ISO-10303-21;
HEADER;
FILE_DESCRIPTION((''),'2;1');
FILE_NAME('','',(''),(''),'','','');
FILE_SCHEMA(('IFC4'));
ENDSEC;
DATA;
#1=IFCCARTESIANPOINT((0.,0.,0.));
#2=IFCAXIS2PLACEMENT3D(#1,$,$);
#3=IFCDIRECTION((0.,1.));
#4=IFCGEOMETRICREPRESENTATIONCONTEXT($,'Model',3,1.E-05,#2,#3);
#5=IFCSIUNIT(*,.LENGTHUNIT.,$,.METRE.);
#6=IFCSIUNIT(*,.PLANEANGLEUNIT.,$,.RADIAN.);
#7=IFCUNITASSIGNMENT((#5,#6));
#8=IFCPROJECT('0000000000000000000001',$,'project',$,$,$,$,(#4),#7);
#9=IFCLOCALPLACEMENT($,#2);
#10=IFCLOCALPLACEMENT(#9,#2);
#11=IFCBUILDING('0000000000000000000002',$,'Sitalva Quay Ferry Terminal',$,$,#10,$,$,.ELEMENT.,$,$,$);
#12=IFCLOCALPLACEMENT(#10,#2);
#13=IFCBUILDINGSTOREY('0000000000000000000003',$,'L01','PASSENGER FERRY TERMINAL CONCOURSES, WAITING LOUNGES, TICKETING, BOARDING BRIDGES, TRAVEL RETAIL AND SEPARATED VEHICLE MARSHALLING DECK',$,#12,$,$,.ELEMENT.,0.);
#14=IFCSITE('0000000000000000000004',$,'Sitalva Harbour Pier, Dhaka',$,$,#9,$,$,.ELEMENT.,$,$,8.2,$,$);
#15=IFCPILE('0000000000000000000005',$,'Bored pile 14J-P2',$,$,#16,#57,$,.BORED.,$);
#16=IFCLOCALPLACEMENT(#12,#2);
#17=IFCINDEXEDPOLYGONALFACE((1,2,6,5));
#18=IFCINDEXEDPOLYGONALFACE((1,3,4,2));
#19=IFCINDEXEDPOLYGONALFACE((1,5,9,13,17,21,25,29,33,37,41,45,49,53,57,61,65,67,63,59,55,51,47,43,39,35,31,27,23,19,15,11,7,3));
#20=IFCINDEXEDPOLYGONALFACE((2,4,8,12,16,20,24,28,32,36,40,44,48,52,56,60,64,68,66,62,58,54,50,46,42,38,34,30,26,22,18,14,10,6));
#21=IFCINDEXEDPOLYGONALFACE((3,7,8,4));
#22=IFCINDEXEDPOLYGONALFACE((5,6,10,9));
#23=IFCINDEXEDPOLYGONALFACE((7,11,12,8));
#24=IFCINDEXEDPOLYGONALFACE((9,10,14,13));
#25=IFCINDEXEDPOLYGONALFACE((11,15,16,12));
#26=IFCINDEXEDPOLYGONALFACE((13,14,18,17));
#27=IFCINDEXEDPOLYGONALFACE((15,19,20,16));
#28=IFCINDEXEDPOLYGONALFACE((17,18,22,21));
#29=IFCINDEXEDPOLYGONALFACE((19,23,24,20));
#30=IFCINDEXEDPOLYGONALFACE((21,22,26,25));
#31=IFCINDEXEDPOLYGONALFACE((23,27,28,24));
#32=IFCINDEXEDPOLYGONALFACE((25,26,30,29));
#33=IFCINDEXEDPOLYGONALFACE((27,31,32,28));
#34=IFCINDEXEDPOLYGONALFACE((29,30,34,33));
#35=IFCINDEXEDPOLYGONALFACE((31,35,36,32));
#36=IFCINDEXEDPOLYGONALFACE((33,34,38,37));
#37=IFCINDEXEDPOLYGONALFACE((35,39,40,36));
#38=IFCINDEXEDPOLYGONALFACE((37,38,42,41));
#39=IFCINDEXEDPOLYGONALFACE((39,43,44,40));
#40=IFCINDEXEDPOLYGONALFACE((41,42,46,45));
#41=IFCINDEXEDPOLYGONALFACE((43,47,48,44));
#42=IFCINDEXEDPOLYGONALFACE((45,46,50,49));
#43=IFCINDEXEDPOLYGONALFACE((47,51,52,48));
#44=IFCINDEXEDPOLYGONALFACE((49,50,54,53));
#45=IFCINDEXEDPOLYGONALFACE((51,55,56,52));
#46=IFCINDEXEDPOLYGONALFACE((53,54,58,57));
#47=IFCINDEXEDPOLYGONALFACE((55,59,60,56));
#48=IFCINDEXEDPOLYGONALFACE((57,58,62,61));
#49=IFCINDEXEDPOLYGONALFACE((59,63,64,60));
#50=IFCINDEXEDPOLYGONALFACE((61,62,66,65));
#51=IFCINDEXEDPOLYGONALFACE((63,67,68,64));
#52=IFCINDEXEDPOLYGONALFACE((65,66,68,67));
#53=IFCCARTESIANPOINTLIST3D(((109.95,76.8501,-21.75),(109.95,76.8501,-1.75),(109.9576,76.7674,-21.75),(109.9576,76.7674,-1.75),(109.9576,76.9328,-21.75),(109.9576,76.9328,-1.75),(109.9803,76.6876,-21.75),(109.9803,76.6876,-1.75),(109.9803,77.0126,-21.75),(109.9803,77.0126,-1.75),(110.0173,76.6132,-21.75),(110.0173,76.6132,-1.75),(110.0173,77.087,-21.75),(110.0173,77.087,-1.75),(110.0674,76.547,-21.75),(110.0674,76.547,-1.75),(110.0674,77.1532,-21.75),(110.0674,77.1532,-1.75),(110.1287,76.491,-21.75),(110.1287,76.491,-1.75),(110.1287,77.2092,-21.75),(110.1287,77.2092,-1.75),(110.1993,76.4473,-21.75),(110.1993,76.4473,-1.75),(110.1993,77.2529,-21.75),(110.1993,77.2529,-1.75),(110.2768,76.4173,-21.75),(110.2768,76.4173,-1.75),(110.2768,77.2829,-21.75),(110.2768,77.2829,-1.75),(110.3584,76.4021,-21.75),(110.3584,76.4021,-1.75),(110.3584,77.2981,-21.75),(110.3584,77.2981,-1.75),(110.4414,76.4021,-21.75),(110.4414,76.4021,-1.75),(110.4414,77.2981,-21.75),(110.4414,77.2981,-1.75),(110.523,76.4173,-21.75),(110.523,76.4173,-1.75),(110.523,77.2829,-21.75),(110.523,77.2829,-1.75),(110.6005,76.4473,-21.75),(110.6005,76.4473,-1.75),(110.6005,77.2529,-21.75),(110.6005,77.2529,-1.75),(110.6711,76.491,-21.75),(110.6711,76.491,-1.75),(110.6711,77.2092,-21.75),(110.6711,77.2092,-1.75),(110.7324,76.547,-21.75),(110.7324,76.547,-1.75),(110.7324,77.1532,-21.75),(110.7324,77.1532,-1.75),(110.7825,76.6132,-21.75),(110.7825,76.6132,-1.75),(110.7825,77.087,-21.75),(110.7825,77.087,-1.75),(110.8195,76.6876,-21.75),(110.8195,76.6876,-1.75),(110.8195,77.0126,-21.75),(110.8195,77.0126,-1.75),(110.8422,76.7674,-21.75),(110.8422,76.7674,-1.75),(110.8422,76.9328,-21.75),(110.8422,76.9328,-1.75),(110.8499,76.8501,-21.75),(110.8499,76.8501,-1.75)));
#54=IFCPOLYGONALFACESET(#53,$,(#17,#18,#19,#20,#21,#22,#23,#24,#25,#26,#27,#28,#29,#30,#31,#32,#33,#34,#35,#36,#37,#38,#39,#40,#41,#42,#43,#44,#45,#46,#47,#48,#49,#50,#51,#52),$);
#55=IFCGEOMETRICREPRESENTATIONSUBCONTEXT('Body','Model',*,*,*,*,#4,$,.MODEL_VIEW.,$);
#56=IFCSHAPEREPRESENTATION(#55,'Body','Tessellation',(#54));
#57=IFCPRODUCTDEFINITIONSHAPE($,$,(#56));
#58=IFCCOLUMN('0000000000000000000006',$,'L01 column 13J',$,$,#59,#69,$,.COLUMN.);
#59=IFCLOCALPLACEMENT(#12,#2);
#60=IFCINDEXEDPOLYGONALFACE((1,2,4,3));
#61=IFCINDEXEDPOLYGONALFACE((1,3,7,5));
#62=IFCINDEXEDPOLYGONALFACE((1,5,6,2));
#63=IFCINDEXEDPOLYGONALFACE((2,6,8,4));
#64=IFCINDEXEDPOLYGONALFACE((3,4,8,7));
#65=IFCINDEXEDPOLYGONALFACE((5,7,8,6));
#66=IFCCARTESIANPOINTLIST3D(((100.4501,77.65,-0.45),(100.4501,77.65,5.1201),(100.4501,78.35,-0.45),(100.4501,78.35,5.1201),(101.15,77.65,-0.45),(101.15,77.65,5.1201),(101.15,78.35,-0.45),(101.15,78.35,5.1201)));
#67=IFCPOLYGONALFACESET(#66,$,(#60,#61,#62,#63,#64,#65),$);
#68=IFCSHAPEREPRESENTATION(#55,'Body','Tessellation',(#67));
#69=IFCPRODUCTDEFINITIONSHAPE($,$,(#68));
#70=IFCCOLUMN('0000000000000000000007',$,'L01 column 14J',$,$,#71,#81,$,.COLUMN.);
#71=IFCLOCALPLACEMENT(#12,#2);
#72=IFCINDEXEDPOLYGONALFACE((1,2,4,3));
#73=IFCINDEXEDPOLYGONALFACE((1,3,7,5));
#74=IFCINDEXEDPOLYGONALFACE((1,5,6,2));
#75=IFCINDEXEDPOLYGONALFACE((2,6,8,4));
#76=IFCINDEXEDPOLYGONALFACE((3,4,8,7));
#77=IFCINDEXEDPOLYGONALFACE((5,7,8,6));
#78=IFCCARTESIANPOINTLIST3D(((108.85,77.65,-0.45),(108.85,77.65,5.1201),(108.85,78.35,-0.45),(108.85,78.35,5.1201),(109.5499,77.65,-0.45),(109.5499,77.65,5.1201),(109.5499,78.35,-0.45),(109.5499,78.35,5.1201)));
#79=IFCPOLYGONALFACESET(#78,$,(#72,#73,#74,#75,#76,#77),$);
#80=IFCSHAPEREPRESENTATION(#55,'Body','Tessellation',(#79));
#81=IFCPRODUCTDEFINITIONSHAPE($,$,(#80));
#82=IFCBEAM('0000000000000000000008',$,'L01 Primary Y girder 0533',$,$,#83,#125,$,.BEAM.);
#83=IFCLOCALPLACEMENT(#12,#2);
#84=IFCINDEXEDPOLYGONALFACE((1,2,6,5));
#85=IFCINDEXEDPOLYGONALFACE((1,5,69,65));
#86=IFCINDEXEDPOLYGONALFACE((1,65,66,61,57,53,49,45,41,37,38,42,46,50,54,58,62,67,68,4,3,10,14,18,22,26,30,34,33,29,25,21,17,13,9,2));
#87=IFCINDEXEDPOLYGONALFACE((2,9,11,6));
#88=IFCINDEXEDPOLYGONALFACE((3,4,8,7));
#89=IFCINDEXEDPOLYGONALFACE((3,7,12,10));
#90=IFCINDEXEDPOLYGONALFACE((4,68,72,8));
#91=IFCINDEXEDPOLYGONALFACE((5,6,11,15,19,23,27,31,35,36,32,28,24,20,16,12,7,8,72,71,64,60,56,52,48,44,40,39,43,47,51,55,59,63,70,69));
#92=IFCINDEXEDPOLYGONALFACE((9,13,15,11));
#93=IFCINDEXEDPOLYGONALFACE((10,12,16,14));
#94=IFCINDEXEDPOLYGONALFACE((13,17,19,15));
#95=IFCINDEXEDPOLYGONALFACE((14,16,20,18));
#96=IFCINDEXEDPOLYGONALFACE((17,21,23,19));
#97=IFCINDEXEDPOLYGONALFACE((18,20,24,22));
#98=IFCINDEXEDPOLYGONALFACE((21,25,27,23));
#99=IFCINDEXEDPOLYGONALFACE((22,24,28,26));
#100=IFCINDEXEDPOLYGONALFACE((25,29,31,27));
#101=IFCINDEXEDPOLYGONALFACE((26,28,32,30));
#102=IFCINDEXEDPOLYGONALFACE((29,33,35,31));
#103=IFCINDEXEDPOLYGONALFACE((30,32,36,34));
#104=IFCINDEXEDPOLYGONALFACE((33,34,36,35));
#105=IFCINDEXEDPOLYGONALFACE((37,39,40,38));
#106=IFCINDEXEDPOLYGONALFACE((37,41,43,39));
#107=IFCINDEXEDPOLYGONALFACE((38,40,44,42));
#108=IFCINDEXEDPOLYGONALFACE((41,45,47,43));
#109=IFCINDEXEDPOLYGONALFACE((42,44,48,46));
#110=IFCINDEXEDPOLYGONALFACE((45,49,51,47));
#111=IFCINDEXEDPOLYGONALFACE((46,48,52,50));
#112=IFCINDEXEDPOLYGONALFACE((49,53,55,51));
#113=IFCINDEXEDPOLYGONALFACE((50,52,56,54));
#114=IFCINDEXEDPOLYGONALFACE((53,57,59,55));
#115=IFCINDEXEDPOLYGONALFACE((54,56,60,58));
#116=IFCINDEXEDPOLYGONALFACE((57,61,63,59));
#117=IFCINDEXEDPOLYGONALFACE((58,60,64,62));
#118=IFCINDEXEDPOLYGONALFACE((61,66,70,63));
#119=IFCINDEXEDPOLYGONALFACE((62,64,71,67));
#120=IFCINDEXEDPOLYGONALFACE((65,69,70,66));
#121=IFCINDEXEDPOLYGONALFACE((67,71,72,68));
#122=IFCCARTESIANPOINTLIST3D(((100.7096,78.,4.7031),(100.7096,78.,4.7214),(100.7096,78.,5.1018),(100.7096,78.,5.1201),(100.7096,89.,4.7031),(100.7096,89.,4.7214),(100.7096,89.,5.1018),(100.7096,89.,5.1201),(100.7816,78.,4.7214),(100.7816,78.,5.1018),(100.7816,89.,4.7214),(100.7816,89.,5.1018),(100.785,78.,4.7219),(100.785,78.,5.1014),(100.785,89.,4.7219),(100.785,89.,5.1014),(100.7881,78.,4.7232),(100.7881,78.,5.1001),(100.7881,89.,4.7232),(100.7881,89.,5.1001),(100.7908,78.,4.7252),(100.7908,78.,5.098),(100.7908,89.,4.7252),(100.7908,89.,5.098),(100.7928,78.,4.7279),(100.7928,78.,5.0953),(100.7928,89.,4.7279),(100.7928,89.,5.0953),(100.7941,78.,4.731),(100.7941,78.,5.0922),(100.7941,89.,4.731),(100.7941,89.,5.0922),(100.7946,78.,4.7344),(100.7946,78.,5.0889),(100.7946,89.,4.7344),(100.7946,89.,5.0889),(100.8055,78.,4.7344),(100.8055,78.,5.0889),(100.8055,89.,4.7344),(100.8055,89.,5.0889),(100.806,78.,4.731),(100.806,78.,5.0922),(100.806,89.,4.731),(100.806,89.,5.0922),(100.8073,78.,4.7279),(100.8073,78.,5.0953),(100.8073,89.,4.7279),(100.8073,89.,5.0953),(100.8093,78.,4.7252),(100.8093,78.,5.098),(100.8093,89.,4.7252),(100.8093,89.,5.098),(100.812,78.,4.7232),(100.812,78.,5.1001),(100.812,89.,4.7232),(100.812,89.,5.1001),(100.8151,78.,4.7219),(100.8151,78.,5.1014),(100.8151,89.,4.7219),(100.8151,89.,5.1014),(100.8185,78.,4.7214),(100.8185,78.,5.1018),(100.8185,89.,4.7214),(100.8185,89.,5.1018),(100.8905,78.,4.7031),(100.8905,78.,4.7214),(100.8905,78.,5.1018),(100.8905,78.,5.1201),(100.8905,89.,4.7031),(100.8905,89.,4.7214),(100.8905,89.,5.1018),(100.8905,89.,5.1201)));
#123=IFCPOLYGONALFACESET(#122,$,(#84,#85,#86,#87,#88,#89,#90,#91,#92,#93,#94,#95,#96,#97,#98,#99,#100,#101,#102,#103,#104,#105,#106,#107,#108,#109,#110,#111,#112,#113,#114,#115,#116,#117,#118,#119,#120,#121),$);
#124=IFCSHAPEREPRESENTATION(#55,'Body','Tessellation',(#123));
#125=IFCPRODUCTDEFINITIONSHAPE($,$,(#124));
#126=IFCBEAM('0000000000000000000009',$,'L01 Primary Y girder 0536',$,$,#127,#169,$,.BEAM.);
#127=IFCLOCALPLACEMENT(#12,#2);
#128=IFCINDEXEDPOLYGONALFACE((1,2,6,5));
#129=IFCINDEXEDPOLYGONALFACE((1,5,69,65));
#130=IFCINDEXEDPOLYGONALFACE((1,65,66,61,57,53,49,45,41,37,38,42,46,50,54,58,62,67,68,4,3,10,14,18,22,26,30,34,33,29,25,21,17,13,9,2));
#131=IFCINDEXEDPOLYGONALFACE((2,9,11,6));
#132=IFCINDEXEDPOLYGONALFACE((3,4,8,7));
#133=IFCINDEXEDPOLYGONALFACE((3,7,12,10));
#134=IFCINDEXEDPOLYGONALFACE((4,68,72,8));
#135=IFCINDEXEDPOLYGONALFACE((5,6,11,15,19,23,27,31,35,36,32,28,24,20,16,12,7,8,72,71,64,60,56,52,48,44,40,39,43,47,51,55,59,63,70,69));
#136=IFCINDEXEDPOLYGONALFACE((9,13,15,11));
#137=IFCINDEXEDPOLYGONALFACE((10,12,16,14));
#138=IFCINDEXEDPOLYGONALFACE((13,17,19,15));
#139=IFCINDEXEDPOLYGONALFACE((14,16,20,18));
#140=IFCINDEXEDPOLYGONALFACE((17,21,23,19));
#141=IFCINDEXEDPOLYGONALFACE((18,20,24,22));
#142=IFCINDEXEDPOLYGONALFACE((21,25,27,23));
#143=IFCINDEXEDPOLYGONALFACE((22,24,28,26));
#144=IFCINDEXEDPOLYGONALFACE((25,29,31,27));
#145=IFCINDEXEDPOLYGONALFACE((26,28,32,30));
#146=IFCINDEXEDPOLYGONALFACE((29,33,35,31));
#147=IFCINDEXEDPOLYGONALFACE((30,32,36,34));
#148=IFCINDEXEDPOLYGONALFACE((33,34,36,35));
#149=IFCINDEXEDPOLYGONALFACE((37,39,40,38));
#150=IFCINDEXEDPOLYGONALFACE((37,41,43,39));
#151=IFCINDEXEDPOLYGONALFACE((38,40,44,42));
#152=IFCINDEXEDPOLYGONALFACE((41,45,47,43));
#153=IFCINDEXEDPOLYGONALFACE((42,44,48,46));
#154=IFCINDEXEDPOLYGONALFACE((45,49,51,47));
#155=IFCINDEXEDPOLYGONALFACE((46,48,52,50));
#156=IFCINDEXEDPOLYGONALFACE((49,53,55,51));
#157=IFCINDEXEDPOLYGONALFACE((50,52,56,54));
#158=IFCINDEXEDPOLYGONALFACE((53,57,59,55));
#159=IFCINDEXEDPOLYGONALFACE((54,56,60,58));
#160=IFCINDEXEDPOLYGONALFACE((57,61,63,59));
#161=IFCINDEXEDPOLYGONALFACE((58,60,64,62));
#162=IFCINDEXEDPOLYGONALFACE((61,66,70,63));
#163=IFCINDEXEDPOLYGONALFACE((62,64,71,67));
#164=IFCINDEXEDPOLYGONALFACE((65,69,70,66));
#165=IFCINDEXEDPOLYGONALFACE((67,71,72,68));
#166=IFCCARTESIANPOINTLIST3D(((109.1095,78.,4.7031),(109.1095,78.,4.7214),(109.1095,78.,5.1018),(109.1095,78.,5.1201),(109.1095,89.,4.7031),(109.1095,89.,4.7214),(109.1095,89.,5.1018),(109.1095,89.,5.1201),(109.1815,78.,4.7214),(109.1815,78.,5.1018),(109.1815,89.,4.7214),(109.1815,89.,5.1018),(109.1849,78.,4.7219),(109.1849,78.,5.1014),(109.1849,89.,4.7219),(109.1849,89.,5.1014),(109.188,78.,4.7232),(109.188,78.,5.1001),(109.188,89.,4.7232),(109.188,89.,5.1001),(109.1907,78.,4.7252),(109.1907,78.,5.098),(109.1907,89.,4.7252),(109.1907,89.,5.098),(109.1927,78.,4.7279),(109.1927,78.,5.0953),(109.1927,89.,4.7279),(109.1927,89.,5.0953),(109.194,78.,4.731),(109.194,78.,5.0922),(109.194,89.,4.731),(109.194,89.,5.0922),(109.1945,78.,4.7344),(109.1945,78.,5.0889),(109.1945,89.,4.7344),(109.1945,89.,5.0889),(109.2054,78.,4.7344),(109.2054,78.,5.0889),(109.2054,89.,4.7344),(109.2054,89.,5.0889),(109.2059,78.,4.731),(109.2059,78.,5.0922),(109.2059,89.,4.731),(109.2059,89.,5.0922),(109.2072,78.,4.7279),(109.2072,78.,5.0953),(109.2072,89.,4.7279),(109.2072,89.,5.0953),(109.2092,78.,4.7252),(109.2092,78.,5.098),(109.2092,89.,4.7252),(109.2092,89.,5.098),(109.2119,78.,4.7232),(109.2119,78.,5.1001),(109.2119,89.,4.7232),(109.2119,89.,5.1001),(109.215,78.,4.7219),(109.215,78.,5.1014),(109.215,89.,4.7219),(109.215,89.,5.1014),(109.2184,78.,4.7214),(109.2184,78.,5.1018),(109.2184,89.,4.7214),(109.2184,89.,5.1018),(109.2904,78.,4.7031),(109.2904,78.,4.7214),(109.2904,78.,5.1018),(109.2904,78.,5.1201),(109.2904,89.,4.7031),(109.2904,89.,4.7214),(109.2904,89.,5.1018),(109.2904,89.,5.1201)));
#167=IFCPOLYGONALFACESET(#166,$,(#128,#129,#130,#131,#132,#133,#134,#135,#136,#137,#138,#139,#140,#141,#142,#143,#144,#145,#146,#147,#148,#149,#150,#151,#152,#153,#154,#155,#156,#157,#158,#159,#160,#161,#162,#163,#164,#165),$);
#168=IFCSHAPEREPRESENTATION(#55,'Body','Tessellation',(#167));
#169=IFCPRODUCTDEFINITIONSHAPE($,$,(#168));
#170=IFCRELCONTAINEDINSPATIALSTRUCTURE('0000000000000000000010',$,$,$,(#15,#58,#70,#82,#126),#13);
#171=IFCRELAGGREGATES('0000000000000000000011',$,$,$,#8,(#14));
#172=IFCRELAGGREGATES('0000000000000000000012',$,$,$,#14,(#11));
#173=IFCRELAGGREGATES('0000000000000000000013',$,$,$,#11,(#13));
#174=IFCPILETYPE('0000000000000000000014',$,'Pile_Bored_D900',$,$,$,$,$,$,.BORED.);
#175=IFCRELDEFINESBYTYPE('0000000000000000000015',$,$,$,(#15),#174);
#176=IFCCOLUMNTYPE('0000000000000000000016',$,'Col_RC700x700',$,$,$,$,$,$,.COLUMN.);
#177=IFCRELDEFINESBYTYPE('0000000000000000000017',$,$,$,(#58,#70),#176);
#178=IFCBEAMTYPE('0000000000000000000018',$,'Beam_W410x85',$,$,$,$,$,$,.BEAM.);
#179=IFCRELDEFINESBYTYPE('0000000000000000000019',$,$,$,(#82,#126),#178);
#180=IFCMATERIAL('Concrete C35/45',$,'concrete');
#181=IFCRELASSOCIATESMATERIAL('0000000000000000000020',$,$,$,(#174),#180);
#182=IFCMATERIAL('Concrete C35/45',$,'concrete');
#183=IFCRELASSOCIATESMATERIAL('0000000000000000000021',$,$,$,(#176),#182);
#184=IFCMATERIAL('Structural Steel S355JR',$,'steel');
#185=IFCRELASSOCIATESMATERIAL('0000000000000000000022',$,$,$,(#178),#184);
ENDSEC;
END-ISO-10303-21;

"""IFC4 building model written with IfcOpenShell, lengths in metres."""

from ifc_helpers import new_model, si_unit, direction, frame, origin, origin_2d, place, context, subcontext, project, spatial, rectangle, circle, i_section, extrude, material, material_profile, profile_set, type_object, element, save


model = new_model("IFC4")

# Units and contexts
model_context = context("Model", 3, precision=1e-05, world=origin(), true_north=direction((0.0, 1.0)))
body_context = subcontext(model_context, "Body", "Model", "MODEL_VIEW")
ifc_project = project(units=[si_unit("LENGTHUNIT", "METRE"), si_unit("PLANEANGLEUNIT", "RADIAN")], contexts=[model_context])

# Site, building, storey
site_placement = place(None, origin())
site = spatial("IfcSite", under=ifc_project, at=site_placement, Name="Sitalva Harbour Pier, Dhaka", CompositionType="ELEMENT", RefElevation=8.2)
building_placement = place(site_placement, origin())
building = spatial("IfcBuilding", under=site, at=building_placement, Name="Sitalva Quay Ferry Terminal", CompositionType="ELEMENT")
storey_placement = place(building_placement, origin())
storey = spatial("IfcBuildingStorey", under=building, at=storey_placement, Name="L01", Description="PASSENGER FERRY TERMINAL CONCOURSES, WAITING LOUNGES, TICKETING, BOARDING BRIDGES, TRAVEL RETAIL AND SEPARATED VEHICLE MARSHALLING DECK", CompositionType="ELEMENT", Elevation=0.0)

# Pile
ifc_material_1 = material(Name="Concrete C35/45", Category="concrete")
ifc_material_profile_1 = material_profile(ifc_material_1, circle(Radius=0.45, at=origin_2d()), Name="PILE-D900")
ifc_profile_set_1 = profile_set([ifc_material_profile_1], Name="Concrete C35/45")
pile_type = type_object("IfcPileType", Name="Pile_Bored_D900", PredefinedType="BORED", material=ifc_profile_set_1)
for number, where, z_axis, x_axis, name in (
    (1, (110.3999, 76.8501, -1.75), (0.0, 0.0, -1.0), (1.0, 0.0, 0.0), "Bored pile 14J-P2"),
):
    element("IfcPile", number, at=place(storey_placement, frame(where, z_axis=z_axis, x_axis=x_axis)), inside=storey, type_object=pile_type, Name=name, PredefinedType="BORED", context=body_context, shape_type="SweptSolid", body=[
        extrude(circle(Radius=0.45, at=origin_2d()), origin(), (0.0, 0.0, 1.0), 20.0),
    ])

# Columns
ifc_material_2 = material(Name="Concrete C35/45", Category="concrete")
ifc_material_profile_2 = material_profile(ifc_material_2, rectangle(XDim=0.7, YDim=0.7, at=origin_2d()), Name="RC700x700")
ifc_profile_set_2 = profile_set([ifc_material_profile_2], Name="Concrete C35/45")
column_type = type_object("IfcColumnType", Name="Col_RC700x700", PredefinedType="COLUMN", material=ifc_profile_set_2)
for number, where, z_axis, x_axis, name in (
    (2, (100.8, 78.0, -0.45), (0.0, 0.0, 1.0), (1.0, 0.0, 0.0), "L01 column 13J"),
    (3, (109.2, 78.0, -0.45), (0.0, 0.0, 1.0), (1.0, 0.0, 0.0), "L01 column 14J"),
):
    element("IfcColumn", number, at=place(storey_placement, frame(where, z_axis=z_axis, x_axis=x_axis)), inside=storey, type_object=column_type, Name=name, PredefinedType="COLUMN", context=body_context, shape_type="SweptSolid", body=[
        extrude(rectangle(XDim=0.7, YDim=0.7, at=origin_2d()), origin(), (0.0, 0.0, 1.0), 5.5701),
    ])

# Beams
ifc_material_3 = material(Name="Structural Steel S355JR", Category="steel")
ifc_material_profile_3 = material_profile(ifc_material_3, i_section(OverallWidth=0.1809, OverallDepth=0.417, WebThickness=0.011, FlangeThickness=0.0183, FilletRadius=0.0129, at=origin_2d()), Name="W410x85")
ifc_profile_set_3 = profile_set([ifc_material_profile_3], Name="Structural Steel S355JR")
beam_type_1 = type_object("IfcBeamType", Name="Beam_W410x85", PredefinedType="BEAM", material=ifc_profile_set_3)
for number, where, z_axis, x_axis, name in (
    (4, (100.8, 78.0, 4.9116), (0.0, 1.0, 0.0), (-1.0, 0.0, 0.0), "L01 Primary Y girder 0533"),
    (5, (109.2, 78.0, 4.9116), (0.0, 1.0, 0.0), (-1.0, 0.0, 0.0), "L01 Primary Y girder 0536"),
):
    element("IfcBeam", number, at=place(storey_placement, frame(where, z_axis=z_axis, x_axis=x_axis)), inside=storey, type_object=beam_type_1, Name=name, PredefinedType="BEAM", context=body_context, shape_type="SweptSolid", body=[
        extrude(i_section(OverallWidth=0.1809, OverallDepth=0.417, WebThickness=0.011, FlangeThickness=0.0183, FilletRadius=0.0129, at=origin_2d()), origin(), (0.0, 0.0, 1.0), 11.0),
    ])

save(model, "model.ifc")
